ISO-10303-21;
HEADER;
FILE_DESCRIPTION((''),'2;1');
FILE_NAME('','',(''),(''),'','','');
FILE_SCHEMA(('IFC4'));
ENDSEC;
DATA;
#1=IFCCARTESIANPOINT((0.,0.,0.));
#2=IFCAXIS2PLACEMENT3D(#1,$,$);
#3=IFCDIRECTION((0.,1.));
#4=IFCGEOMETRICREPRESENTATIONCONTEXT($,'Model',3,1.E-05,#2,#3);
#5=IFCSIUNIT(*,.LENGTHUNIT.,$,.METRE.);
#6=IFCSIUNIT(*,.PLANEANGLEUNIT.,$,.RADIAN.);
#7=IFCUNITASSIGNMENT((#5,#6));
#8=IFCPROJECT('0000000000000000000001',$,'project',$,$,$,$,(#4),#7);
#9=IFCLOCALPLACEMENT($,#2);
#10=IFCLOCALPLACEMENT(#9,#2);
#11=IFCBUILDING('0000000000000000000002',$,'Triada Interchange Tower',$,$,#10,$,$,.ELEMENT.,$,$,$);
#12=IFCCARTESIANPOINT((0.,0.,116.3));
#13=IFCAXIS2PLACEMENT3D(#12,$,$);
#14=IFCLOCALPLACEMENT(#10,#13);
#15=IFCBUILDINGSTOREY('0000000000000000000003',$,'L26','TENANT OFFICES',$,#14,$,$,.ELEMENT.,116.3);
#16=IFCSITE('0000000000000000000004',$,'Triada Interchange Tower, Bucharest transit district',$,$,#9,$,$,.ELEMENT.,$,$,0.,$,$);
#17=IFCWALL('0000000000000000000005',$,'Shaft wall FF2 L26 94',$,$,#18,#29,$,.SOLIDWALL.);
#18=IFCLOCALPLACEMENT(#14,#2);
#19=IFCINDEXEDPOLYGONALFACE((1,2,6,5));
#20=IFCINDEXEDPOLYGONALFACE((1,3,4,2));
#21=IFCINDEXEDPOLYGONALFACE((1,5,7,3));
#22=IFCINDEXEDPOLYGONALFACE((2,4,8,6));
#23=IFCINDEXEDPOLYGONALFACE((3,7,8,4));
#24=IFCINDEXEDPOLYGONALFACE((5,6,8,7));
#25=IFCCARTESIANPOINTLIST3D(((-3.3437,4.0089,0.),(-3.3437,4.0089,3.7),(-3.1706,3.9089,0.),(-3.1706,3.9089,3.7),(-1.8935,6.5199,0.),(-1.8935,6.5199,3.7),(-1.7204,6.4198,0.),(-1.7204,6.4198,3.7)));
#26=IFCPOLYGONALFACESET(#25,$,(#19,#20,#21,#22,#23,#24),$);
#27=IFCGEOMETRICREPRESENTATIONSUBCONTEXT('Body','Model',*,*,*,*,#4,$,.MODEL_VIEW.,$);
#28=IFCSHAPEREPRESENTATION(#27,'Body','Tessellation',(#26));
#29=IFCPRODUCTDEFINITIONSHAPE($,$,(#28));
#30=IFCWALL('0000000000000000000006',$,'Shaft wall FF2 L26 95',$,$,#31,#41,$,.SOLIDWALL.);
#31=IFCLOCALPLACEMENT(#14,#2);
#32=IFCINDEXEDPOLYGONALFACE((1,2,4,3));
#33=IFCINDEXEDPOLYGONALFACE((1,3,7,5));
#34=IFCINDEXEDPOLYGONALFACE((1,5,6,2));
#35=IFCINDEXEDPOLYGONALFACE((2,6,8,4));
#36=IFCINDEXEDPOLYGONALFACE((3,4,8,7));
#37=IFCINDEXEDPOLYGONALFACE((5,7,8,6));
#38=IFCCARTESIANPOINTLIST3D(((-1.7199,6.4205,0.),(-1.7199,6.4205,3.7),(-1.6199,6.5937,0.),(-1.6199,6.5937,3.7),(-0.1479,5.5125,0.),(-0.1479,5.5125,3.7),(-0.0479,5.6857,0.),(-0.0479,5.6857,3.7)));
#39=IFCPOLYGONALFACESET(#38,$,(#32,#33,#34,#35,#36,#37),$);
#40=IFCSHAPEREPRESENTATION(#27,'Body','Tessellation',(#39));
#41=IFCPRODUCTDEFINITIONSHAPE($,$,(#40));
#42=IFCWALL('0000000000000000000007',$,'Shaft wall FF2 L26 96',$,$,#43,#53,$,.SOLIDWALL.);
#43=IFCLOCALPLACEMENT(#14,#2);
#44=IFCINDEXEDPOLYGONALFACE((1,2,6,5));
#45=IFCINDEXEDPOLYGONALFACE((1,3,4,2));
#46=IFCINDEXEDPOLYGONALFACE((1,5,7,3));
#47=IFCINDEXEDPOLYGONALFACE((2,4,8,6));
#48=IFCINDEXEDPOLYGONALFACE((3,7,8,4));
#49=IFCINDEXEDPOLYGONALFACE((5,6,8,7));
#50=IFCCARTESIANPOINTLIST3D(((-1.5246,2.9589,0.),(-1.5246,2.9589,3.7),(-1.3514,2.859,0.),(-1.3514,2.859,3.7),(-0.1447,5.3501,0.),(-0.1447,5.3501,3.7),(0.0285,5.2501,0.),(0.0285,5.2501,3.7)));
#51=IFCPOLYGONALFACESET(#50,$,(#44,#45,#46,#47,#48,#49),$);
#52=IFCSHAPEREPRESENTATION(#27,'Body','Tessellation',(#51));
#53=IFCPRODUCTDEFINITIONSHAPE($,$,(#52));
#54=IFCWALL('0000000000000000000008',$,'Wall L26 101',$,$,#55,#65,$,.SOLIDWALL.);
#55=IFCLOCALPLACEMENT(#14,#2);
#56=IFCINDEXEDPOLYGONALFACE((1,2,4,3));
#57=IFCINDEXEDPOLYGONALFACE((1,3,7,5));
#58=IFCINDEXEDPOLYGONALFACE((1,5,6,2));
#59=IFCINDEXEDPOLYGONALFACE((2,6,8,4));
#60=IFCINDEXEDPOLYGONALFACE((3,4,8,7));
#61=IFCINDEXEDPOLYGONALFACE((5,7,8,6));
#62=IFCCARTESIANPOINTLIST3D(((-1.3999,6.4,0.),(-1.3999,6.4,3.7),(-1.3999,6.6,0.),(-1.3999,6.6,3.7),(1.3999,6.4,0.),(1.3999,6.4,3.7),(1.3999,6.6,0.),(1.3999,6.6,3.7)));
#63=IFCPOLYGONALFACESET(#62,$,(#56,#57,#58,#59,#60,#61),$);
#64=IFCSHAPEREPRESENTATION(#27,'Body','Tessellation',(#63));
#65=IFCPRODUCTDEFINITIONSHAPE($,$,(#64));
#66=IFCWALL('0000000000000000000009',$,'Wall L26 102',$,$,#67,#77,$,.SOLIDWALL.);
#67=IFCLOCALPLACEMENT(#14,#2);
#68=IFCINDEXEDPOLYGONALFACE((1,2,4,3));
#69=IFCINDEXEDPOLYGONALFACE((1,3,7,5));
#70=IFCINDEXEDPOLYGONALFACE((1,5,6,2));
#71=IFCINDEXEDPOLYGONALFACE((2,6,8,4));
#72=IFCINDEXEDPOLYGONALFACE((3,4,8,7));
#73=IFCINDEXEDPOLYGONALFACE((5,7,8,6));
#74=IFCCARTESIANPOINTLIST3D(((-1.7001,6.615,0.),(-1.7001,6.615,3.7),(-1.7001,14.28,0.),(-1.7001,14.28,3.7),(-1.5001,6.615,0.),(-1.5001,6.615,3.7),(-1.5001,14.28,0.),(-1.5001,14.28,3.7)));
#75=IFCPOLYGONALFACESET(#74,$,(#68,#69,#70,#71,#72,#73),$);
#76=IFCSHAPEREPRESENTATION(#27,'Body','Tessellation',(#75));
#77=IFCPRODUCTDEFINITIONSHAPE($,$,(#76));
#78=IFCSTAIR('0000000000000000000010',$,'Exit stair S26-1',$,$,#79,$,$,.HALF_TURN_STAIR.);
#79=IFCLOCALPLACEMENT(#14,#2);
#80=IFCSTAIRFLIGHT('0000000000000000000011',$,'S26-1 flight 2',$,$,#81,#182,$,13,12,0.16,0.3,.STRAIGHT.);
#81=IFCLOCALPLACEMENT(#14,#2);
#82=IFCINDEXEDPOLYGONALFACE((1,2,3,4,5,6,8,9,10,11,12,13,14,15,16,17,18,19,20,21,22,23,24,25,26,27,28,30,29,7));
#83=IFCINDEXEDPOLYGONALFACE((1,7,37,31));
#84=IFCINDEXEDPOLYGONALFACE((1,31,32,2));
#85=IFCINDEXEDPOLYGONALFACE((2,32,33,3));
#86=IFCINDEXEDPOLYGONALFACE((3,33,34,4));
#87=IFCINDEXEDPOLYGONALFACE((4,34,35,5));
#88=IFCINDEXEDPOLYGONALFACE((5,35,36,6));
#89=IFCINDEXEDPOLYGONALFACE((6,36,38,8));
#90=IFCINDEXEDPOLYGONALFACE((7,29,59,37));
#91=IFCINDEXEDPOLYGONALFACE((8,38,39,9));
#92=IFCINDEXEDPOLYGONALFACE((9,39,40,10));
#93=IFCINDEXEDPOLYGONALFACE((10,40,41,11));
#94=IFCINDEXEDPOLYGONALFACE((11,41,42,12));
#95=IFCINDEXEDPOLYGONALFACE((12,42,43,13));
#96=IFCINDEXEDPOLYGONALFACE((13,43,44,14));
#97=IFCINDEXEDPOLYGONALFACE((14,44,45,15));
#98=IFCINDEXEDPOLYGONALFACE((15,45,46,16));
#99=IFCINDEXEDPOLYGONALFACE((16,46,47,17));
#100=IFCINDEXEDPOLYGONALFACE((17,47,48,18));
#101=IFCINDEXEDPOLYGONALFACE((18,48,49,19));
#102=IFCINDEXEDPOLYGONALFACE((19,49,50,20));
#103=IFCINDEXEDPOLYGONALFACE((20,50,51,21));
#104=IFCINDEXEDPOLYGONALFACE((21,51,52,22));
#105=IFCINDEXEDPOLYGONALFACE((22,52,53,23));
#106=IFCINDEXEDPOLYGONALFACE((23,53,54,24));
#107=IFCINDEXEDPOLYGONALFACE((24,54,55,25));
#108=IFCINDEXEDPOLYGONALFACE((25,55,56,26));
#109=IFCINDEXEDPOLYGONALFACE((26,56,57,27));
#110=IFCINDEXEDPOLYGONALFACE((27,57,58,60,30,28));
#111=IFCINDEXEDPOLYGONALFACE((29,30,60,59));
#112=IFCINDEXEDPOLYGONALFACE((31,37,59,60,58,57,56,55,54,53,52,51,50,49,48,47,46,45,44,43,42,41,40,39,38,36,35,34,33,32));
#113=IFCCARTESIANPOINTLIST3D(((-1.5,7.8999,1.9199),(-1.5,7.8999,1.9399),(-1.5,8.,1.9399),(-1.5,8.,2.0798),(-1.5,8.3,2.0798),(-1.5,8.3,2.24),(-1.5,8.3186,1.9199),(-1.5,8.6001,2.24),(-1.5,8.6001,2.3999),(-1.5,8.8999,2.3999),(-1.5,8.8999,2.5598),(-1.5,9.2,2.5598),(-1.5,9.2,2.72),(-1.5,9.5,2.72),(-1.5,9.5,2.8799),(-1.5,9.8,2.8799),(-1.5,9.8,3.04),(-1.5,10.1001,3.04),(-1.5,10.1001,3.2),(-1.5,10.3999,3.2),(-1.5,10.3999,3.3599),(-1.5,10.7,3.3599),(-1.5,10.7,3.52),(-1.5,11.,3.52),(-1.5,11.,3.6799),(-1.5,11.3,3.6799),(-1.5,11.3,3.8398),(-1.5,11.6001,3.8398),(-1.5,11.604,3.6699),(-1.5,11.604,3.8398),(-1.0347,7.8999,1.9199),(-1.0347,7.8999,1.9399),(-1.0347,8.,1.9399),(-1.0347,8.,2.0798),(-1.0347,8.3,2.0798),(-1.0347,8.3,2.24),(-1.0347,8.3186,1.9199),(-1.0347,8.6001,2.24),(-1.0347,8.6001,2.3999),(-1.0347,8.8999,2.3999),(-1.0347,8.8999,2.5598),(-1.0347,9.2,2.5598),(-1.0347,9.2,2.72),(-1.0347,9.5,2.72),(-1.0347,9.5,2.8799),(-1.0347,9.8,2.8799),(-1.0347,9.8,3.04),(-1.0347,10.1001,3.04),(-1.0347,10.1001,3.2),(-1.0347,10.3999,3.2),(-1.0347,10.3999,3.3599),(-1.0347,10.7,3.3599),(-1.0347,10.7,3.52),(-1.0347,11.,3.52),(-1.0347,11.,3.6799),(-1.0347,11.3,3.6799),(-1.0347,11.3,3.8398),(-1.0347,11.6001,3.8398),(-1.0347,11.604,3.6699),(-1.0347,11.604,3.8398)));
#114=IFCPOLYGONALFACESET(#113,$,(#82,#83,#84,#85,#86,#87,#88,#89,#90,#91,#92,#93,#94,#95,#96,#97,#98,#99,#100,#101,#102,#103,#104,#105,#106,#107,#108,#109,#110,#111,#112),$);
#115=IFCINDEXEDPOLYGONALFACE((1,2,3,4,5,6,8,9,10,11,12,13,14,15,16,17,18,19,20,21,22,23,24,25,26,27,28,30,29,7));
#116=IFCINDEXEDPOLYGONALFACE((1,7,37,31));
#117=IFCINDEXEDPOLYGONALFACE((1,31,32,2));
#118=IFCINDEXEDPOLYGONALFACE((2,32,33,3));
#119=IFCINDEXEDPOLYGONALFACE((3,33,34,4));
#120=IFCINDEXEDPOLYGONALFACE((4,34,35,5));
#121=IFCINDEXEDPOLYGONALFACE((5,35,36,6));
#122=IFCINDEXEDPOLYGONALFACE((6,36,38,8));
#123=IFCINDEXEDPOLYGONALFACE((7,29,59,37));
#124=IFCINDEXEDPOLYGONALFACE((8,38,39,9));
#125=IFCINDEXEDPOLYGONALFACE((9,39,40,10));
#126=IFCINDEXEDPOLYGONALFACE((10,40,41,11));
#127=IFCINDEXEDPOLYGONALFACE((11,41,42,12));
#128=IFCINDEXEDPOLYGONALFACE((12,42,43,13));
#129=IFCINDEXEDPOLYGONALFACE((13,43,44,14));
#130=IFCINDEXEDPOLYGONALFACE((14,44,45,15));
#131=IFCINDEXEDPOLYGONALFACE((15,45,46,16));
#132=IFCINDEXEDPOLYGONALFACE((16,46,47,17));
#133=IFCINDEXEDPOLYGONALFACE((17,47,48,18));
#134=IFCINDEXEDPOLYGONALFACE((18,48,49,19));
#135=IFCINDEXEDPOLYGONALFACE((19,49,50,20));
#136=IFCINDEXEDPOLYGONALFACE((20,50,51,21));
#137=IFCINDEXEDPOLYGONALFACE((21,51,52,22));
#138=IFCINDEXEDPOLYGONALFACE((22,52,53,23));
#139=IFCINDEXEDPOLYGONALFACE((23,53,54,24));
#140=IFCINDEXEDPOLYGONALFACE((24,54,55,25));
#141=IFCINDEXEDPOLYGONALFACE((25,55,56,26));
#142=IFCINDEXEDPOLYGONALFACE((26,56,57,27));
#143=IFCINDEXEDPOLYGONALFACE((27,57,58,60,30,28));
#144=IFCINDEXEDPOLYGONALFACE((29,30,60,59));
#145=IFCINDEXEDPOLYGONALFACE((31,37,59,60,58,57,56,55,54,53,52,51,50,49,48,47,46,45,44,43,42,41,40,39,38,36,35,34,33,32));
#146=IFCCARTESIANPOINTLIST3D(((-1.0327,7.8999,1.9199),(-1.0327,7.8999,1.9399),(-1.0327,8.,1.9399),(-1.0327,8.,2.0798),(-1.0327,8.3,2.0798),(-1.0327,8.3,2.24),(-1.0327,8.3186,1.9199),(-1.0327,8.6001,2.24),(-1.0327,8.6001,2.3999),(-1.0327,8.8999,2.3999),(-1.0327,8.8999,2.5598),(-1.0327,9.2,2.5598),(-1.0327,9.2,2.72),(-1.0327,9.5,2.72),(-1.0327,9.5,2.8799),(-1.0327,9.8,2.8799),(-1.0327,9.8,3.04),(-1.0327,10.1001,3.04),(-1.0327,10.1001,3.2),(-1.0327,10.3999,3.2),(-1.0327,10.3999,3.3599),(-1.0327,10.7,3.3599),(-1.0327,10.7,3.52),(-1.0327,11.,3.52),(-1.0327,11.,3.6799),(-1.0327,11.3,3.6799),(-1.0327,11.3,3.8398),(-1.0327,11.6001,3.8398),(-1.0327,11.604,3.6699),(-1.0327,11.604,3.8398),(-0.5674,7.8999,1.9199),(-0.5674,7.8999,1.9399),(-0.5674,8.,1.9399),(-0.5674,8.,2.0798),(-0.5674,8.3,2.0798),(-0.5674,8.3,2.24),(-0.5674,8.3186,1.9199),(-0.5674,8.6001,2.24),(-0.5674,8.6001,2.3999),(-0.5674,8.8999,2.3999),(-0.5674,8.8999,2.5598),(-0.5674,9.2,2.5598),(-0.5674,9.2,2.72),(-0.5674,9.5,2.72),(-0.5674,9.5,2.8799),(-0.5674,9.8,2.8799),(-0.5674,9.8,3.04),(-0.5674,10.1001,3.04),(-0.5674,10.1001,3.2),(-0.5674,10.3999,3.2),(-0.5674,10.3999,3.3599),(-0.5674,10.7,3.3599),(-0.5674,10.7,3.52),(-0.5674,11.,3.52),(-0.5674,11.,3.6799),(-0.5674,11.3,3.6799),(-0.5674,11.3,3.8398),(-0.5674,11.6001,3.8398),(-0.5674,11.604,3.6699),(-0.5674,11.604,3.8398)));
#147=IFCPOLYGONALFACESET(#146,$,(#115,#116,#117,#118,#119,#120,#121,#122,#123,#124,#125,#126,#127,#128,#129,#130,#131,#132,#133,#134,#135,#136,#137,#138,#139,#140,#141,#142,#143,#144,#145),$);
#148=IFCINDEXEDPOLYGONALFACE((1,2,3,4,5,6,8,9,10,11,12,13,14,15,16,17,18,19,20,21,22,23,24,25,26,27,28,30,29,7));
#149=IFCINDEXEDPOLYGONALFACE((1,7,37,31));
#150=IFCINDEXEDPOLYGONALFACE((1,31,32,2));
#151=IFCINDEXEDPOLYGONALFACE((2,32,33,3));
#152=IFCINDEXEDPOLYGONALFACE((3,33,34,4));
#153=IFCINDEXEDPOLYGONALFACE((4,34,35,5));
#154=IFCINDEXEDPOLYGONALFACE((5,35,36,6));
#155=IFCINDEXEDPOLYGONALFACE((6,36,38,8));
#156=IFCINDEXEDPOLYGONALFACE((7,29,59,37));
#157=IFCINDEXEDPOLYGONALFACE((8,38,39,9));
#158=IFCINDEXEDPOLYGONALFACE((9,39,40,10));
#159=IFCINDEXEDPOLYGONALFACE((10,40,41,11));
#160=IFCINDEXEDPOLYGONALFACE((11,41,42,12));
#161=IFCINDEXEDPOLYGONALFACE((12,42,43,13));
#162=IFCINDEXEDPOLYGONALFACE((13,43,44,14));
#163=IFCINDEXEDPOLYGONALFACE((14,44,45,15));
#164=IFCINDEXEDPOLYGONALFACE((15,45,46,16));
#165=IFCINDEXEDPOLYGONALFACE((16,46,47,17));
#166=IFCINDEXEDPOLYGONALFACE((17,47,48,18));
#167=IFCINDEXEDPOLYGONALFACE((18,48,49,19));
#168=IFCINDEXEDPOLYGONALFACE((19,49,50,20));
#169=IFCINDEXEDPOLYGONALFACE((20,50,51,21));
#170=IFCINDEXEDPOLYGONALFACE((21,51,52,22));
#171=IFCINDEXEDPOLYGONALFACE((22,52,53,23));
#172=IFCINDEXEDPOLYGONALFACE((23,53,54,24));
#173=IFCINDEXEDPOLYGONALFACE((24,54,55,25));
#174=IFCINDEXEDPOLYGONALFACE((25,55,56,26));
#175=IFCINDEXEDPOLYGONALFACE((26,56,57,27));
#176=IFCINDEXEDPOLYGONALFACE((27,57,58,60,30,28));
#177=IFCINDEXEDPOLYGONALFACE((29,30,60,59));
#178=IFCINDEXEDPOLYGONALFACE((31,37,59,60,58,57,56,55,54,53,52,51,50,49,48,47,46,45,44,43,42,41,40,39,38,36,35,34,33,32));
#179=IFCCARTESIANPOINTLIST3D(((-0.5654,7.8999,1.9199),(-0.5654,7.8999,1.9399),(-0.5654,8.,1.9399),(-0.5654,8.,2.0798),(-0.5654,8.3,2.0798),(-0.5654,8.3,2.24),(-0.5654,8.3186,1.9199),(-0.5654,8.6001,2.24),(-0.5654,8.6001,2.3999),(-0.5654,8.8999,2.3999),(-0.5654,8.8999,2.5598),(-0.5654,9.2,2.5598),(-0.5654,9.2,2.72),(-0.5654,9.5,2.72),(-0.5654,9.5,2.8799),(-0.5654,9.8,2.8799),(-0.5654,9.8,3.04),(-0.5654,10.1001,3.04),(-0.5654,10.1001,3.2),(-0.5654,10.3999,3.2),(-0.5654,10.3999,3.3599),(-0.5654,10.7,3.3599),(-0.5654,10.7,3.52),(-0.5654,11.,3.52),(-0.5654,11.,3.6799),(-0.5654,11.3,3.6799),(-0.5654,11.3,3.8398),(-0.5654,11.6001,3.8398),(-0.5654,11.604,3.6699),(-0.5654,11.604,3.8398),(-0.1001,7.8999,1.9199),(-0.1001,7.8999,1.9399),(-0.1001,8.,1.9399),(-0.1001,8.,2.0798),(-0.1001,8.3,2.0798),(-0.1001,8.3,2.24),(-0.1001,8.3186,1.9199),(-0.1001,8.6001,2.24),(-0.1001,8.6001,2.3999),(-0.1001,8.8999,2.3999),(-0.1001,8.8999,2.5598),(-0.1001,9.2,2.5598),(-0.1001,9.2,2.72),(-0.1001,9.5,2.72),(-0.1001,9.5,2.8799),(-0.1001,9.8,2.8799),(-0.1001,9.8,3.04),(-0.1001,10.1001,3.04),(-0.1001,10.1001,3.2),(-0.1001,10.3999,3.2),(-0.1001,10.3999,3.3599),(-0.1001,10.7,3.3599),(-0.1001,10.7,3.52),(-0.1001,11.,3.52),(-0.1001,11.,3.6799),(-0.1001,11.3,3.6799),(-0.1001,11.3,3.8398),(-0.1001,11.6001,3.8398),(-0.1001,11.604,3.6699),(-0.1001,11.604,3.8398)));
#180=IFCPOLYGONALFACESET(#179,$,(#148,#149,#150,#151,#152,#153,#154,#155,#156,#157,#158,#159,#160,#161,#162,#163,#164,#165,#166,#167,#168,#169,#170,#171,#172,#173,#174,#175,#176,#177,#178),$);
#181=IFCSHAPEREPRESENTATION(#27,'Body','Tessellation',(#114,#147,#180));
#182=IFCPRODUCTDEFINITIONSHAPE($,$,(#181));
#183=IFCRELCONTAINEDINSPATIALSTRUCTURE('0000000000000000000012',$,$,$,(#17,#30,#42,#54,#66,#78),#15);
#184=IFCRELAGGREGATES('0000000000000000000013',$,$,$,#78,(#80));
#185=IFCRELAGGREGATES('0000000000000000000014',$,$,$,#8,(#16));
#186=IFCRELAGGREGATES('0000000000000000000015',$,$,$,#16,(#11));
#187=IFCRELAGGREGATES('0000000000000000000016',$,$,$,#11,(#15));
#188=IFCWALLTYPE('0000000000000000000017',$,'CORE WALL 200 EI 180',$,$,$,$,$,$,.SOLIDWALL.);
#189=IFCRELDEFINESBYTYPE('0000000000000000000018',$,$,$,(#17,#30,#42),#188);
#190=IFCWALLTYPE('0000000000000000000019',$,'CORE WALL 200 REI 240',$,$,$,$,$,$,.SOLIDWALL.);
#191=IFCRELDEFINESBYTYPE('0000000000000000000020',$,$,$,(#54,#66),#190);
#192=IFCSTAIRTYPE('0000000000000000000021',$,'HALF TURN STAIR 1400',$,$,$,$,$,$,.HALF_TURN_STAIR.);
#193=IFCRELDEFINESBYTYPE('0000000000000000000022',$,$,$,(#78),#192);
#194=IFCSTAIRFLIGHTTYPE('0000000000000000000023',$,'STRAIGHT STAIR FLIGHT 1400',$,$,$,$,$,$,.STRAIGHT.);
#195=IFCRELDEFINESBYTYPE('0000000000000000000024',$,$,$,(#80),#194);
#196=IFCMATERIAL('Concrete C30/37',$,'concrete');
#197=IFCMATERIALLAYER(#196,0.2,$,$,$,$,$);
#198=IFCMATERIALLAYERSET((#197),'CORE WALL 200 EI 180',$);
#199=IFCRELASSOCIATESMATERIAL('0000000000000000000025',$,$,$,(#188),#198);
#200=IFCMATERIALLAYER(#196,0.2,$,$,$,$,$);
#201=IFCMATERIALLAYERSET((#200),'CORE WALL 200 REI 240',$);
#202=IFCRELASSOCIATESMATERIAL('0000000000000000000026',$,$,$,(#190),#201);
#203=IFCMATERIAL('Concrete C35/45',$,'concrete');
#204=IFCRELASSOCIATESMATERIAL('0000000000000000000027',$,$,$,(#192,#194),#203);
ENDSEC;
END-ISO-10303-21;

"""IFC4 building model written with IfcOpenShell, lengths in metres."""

from ifc_helpers import new_model, si_unit, direction, frame, frame_2d, origin, place, context, subcontext, project, spatial, polyline, rectangle, outline, extrude, material, layer, layer_set, type_object, element, aggregate, save


model = new_model("IFC4")

# Units and contexts
model_context = context("Model", 3, precision=1e-05, world=origin(), true_north=direction((0.0, 1.0)))
body_context = subcontext(model_context, "Body", "Model", "MODEL_VIEW")
ifc_project = project(units=[si_unit("LENGTHUNIT", "METRE"), si_unit("PLANEANGLEUNIT", "RADIAN")], contexts=[model_context])

# Site, building, storey
site_placement = place(None, origin())
site = spatial("IfcSite", under=ifc_project, at=site_placement, Name="Triada Interchange Tower, Bucharest transit district", CompositionType="ELEMENT", RefElevation=0.0)
building_placement = place(site_placement, origin())
building = spatial("IfcBuilding", under=site, at=building_placement, Name="Triada Interchange Tower", CompositionType="ELEMENT")
storey_placement = place(building_placement, frame((0.0, 0.0, 116.3)))
storey = spatial("IfcBuildingStorey", under=building, at=storey_placement, Name="L26", Description="TENANT OFFICES", CompositionType="ELEMENT", Elevation=116.3)

# Shared definitions
ifc_material_1 = material(Name="Concrete C30/37", Category="concrete")
ifc_layer_1 = layer(ifc_material_1, 0.2)
ifc_layer_set_1 = layer_set([ifc_layer_1], Name="CORE WALL 200 EI 180")
wall_type_1 = type_object("IfcWallType", Name="CORE WALL 200 EI 180", PredefinedType="SOLIDWALL", material=ifc_layer_set_1)

# Walls
wall_1_placement = place(storey_placement, frame((-3.2571, 3.959, 0.0), z_axis=(0.0, 0.0, 1.0), x_axis=(0.500123, 0.865954, 0.0)))
element("IfcWall", 1, at=wall_1_placement, inside=storey, type_object=wall_type_1, Name="Shaft wall FF2 L26 94", PredefinedType="SOLIDWALL", context=body_context, shape_type="SweptSolid", body=[
    extrude(rectangle(XDim=2.8997, YDim=0.2, at=frame_2d((1.4497, 0.0))), origin(), (0.0, 0.0, 1.0), 3.7),
])
wall_2_placement = place(storey_placement, frame((-1.6699, 6.5071, 0.0), z_axis=(0.0, 0.0, 1.0), x_axis=(0.865941, -0.500145, 0.0)))
element("IfcWall", 2, at=wall_2_placement, inside=storey, type_object=wall_type_1, Name="Shaft wall FF2 L26 95", PredefinedType="SOLIDWALL", context=body_context, shape_type="SweptSolid", body=[
    extrude(rectangle(XDim=1.8154, YDim=0.2, at=frame_2d((0.9077, 0.0))), origin(), (0.0, 0.0, 1.0), 3.7),
])
wall_3_placement = place(storey_placement, frame((-1.438, 2.9089, 0.0), z_axis=(0.0, 0.0, 1.0), x_axis=(0.49983, 0.866124, 0.0)))
element("IfcWall", 3, at=wall_3_placement, inside=storey, type_object=wall_type_1, Name="Shaft wall FF2 L26 96", PredefinedType="SOLIDWALL", context=body_context, shape_type="SweptSolid", body=[
    extrude(rectangle(XDim=2.7607, YDim=0.2, at=frame_2d((1.3804, 0.0))), origin(), (0.0, 0.0, 1.0), 3.7),
])
ifc_layer_2 = layer(ifc_material_1, 0.2)
ifc_layer_set_2 = layer_set([ifc_layer_2], Name="CORE WALL 200 REI 240")
wall_type_2 = type_object("IfcWallType", Name="CORE WALL 200 REI 240", PredefinedType="SOLIDWALL", material=ifc_layer_set_2)
wall_4_placement = place(storey_placement, frame((-1.3999, 6.5, 0.0), z_axis=(0.0, 0.0, 1.0), x_axis=(1.0, 0.0, 0.0)))
element("IfcWall", 4, at=wall_4_placement, inside=storey, type_object=wall_type_2, Name="Wall L26 101", PredefinedType="SOLIDWALL", context=body_context, shape_type="SweptSolid", body=[
    extrude(rectangle(XDim=2.7998, YDim=0.2, at=frame_2d((1.3999, 0.0))), origin(), (0.0, 0.0, 1.0), 3.7),
])
wall_5_placement = place(storey_placement, frame((-1.6001, 6.615, 0.0), z_axis=(0.0, 0.0, 1.0), x_axis=(0.0, 1.0, 0.0)))
element("IfcWall", 5, at=wall_5_placement, inside=storey, type_object=wall_type_2, Name="Wall L26 102", PredefinedType="SOLIDWALL", context=body_context, shape_type="SweptSolid", body=[
    extrude(rectangle(XDim=7.665, YDim=0.2, at=frame_2d((3.8325, 0.0))), origin(), (0.0, 0.0, 1.0), 3.7),
])

# Stair, stair flight
ifc_material_2 = material(Name="Concrete C35/45", Category="concrete")
stair_type = type_object("IfcStairType", Name="HALF TURN STAIR 1400", PredefinedType="HALF_TURN_STAIR", material=ifc_material_2)
stair_placement = place(storey_placement, origin())
stair = element("IfcStair", 6, at=stair_placement, inside=storey, type_object=stair_type, Name="Exit stair S26-1", PredefinedType="HALF_TURN_STAIR")
stair_flight_type = type_object("IfcStairFlightType", Name="STRAIGHT STAIR FLIGHT 1400", PredefinedType="STRAIGHT", material=ifc_material_2)
stair_flight_placement = place(storey_placement, frame((-0.8, 8.0, 1.9199), z_axis=(0.0, 0.0, 1.0), x_axis=(0.0, 1.0, 0.0)))
stair_flight = element("IfcStairFlight", 7, at=stair_flight_placement, type_object=stair_flight_type, Name="S26-1 flight 2", NumberOfRisers=13, NumberOfTreads=12, PredefinedType="STRAIGHT", RiserHeight=0.16, TreadLength=0.3, context=body_context, shape_type="SweptSolid", body=[
    extrude(outline(polyline([(-0.1001, 0.0), (-0.1001, 0.02), (0.0, 0.02), (0.0, 0.1599), (0.3, 0.1599), (0.3, 0.3201), (0.6001, 0.3201), (0.6001, 0.48), (0.8999, 0.48), (0.8999, 0.6399), (1.2, 0.6399), (1.2, 0.8), (1.5, 0.8), (1.5, 0.96), (1.8, 0.96), (1.8, 1.1201), (2.1001, 1.1201), (2.1001, 1.28), (2.3999, 1.28), (2.3999, 1.4399), (2.7, 1.4399), (2.7, 1.6001), (3.0, 1.6001), (3.0, 1.76), (3.3, 1.76), (3.3, 1.9199), (3.6001, 1.9199), (3.604, 1.9199), (3.604, 2.0801), (3.604, 1.75), (0.3186, 0.0), (-0.1001, 0.0)])), frame((0.0, 0.7, 0.0), z_axis=(0.0, -1.0, 0.0), x_axis=(1.0, 0.0, 0.0)), (0.0, 0.0, 1.0), 0.4653),
    extrude(outline(polyline([(-0.1001, 0.0), (-0.1001, 0.02), (0.0, 0.02), (0.0, 0.1599), (0.3, 0.1599), (0.3, 0.3201), (0.6001, 0.3201), (0.6001, 0.48), (0.8999, 0.48), (0.8999, 0.6399), (1.2, 0.6399), (1.2, 0.8), (1.5, 0.8), (1.5, 0.96), (1.8, 0.96), (1.8, 1.1201), (2.1001, 1.1201), (2.1001, 1.28), (2.3999, 1.28), (2.3999, 1.4399), (2.7, 1.4399), (2.7, 1.6001), (3.0, 1.6001), (3.0, 1.76), (3.3, 1.76), (3.3, 1.9199), (3.6001, 1.9199), (3.604, 1.9199), (3.604, 2.0801), (3.604, 1.75), (0.3186, 0.0), (-0.1001, 0.0)])), frame((0.0, 0.2327, 0.0), z_axis=(0.0, -1.0, 0.0), x_axis=(1.0, 0.0, 0.0)), (0.0, 0.0, 1.0), 0.4653),
    extrude(outline(polyline([(-0.1001, 0.0), (-0.1001, 0.02), (0.0, 0.02), (0.0, 0.1599), (0.3, 0.1599), (0.3, 0.3201), (0.6001, 0.3201), (0.6001, 0.48), (0.8999, 0.48), (0.8999, 0.6399), (1.2, 0.6399), (1.2, 0.8), (1.5, 0.8), (1.5, 0.96), (1.8, 0.96), (1.8, 1.1201), (2.1001, 1.1201), (2.1001, 1.28), (2.3999, 1.28), (2.3999, 1.4399), (2.7, 1.4399), (2.7, 1.6001), (3.0, 1.6001), (3.0, 1.76), (3.3, 1.76), (3.3, 1.9199), (3.6001, 1.9199), (3.604, 1.9199), (3.604, 2.0801), (3.604, 1.75), (0.3186, 0.0), (-0.1001, 0.0)])), frame((0.0, -0.2346, 0.0), z_axis=(0.0, -1.0, 0.0), x_axis=(1.0, 0.0, 0.0)), (0.0, 0.0, 1.0), 0.4653),
])
aggregate(stair, [stair_flight])

save(model, "model.ifc")
